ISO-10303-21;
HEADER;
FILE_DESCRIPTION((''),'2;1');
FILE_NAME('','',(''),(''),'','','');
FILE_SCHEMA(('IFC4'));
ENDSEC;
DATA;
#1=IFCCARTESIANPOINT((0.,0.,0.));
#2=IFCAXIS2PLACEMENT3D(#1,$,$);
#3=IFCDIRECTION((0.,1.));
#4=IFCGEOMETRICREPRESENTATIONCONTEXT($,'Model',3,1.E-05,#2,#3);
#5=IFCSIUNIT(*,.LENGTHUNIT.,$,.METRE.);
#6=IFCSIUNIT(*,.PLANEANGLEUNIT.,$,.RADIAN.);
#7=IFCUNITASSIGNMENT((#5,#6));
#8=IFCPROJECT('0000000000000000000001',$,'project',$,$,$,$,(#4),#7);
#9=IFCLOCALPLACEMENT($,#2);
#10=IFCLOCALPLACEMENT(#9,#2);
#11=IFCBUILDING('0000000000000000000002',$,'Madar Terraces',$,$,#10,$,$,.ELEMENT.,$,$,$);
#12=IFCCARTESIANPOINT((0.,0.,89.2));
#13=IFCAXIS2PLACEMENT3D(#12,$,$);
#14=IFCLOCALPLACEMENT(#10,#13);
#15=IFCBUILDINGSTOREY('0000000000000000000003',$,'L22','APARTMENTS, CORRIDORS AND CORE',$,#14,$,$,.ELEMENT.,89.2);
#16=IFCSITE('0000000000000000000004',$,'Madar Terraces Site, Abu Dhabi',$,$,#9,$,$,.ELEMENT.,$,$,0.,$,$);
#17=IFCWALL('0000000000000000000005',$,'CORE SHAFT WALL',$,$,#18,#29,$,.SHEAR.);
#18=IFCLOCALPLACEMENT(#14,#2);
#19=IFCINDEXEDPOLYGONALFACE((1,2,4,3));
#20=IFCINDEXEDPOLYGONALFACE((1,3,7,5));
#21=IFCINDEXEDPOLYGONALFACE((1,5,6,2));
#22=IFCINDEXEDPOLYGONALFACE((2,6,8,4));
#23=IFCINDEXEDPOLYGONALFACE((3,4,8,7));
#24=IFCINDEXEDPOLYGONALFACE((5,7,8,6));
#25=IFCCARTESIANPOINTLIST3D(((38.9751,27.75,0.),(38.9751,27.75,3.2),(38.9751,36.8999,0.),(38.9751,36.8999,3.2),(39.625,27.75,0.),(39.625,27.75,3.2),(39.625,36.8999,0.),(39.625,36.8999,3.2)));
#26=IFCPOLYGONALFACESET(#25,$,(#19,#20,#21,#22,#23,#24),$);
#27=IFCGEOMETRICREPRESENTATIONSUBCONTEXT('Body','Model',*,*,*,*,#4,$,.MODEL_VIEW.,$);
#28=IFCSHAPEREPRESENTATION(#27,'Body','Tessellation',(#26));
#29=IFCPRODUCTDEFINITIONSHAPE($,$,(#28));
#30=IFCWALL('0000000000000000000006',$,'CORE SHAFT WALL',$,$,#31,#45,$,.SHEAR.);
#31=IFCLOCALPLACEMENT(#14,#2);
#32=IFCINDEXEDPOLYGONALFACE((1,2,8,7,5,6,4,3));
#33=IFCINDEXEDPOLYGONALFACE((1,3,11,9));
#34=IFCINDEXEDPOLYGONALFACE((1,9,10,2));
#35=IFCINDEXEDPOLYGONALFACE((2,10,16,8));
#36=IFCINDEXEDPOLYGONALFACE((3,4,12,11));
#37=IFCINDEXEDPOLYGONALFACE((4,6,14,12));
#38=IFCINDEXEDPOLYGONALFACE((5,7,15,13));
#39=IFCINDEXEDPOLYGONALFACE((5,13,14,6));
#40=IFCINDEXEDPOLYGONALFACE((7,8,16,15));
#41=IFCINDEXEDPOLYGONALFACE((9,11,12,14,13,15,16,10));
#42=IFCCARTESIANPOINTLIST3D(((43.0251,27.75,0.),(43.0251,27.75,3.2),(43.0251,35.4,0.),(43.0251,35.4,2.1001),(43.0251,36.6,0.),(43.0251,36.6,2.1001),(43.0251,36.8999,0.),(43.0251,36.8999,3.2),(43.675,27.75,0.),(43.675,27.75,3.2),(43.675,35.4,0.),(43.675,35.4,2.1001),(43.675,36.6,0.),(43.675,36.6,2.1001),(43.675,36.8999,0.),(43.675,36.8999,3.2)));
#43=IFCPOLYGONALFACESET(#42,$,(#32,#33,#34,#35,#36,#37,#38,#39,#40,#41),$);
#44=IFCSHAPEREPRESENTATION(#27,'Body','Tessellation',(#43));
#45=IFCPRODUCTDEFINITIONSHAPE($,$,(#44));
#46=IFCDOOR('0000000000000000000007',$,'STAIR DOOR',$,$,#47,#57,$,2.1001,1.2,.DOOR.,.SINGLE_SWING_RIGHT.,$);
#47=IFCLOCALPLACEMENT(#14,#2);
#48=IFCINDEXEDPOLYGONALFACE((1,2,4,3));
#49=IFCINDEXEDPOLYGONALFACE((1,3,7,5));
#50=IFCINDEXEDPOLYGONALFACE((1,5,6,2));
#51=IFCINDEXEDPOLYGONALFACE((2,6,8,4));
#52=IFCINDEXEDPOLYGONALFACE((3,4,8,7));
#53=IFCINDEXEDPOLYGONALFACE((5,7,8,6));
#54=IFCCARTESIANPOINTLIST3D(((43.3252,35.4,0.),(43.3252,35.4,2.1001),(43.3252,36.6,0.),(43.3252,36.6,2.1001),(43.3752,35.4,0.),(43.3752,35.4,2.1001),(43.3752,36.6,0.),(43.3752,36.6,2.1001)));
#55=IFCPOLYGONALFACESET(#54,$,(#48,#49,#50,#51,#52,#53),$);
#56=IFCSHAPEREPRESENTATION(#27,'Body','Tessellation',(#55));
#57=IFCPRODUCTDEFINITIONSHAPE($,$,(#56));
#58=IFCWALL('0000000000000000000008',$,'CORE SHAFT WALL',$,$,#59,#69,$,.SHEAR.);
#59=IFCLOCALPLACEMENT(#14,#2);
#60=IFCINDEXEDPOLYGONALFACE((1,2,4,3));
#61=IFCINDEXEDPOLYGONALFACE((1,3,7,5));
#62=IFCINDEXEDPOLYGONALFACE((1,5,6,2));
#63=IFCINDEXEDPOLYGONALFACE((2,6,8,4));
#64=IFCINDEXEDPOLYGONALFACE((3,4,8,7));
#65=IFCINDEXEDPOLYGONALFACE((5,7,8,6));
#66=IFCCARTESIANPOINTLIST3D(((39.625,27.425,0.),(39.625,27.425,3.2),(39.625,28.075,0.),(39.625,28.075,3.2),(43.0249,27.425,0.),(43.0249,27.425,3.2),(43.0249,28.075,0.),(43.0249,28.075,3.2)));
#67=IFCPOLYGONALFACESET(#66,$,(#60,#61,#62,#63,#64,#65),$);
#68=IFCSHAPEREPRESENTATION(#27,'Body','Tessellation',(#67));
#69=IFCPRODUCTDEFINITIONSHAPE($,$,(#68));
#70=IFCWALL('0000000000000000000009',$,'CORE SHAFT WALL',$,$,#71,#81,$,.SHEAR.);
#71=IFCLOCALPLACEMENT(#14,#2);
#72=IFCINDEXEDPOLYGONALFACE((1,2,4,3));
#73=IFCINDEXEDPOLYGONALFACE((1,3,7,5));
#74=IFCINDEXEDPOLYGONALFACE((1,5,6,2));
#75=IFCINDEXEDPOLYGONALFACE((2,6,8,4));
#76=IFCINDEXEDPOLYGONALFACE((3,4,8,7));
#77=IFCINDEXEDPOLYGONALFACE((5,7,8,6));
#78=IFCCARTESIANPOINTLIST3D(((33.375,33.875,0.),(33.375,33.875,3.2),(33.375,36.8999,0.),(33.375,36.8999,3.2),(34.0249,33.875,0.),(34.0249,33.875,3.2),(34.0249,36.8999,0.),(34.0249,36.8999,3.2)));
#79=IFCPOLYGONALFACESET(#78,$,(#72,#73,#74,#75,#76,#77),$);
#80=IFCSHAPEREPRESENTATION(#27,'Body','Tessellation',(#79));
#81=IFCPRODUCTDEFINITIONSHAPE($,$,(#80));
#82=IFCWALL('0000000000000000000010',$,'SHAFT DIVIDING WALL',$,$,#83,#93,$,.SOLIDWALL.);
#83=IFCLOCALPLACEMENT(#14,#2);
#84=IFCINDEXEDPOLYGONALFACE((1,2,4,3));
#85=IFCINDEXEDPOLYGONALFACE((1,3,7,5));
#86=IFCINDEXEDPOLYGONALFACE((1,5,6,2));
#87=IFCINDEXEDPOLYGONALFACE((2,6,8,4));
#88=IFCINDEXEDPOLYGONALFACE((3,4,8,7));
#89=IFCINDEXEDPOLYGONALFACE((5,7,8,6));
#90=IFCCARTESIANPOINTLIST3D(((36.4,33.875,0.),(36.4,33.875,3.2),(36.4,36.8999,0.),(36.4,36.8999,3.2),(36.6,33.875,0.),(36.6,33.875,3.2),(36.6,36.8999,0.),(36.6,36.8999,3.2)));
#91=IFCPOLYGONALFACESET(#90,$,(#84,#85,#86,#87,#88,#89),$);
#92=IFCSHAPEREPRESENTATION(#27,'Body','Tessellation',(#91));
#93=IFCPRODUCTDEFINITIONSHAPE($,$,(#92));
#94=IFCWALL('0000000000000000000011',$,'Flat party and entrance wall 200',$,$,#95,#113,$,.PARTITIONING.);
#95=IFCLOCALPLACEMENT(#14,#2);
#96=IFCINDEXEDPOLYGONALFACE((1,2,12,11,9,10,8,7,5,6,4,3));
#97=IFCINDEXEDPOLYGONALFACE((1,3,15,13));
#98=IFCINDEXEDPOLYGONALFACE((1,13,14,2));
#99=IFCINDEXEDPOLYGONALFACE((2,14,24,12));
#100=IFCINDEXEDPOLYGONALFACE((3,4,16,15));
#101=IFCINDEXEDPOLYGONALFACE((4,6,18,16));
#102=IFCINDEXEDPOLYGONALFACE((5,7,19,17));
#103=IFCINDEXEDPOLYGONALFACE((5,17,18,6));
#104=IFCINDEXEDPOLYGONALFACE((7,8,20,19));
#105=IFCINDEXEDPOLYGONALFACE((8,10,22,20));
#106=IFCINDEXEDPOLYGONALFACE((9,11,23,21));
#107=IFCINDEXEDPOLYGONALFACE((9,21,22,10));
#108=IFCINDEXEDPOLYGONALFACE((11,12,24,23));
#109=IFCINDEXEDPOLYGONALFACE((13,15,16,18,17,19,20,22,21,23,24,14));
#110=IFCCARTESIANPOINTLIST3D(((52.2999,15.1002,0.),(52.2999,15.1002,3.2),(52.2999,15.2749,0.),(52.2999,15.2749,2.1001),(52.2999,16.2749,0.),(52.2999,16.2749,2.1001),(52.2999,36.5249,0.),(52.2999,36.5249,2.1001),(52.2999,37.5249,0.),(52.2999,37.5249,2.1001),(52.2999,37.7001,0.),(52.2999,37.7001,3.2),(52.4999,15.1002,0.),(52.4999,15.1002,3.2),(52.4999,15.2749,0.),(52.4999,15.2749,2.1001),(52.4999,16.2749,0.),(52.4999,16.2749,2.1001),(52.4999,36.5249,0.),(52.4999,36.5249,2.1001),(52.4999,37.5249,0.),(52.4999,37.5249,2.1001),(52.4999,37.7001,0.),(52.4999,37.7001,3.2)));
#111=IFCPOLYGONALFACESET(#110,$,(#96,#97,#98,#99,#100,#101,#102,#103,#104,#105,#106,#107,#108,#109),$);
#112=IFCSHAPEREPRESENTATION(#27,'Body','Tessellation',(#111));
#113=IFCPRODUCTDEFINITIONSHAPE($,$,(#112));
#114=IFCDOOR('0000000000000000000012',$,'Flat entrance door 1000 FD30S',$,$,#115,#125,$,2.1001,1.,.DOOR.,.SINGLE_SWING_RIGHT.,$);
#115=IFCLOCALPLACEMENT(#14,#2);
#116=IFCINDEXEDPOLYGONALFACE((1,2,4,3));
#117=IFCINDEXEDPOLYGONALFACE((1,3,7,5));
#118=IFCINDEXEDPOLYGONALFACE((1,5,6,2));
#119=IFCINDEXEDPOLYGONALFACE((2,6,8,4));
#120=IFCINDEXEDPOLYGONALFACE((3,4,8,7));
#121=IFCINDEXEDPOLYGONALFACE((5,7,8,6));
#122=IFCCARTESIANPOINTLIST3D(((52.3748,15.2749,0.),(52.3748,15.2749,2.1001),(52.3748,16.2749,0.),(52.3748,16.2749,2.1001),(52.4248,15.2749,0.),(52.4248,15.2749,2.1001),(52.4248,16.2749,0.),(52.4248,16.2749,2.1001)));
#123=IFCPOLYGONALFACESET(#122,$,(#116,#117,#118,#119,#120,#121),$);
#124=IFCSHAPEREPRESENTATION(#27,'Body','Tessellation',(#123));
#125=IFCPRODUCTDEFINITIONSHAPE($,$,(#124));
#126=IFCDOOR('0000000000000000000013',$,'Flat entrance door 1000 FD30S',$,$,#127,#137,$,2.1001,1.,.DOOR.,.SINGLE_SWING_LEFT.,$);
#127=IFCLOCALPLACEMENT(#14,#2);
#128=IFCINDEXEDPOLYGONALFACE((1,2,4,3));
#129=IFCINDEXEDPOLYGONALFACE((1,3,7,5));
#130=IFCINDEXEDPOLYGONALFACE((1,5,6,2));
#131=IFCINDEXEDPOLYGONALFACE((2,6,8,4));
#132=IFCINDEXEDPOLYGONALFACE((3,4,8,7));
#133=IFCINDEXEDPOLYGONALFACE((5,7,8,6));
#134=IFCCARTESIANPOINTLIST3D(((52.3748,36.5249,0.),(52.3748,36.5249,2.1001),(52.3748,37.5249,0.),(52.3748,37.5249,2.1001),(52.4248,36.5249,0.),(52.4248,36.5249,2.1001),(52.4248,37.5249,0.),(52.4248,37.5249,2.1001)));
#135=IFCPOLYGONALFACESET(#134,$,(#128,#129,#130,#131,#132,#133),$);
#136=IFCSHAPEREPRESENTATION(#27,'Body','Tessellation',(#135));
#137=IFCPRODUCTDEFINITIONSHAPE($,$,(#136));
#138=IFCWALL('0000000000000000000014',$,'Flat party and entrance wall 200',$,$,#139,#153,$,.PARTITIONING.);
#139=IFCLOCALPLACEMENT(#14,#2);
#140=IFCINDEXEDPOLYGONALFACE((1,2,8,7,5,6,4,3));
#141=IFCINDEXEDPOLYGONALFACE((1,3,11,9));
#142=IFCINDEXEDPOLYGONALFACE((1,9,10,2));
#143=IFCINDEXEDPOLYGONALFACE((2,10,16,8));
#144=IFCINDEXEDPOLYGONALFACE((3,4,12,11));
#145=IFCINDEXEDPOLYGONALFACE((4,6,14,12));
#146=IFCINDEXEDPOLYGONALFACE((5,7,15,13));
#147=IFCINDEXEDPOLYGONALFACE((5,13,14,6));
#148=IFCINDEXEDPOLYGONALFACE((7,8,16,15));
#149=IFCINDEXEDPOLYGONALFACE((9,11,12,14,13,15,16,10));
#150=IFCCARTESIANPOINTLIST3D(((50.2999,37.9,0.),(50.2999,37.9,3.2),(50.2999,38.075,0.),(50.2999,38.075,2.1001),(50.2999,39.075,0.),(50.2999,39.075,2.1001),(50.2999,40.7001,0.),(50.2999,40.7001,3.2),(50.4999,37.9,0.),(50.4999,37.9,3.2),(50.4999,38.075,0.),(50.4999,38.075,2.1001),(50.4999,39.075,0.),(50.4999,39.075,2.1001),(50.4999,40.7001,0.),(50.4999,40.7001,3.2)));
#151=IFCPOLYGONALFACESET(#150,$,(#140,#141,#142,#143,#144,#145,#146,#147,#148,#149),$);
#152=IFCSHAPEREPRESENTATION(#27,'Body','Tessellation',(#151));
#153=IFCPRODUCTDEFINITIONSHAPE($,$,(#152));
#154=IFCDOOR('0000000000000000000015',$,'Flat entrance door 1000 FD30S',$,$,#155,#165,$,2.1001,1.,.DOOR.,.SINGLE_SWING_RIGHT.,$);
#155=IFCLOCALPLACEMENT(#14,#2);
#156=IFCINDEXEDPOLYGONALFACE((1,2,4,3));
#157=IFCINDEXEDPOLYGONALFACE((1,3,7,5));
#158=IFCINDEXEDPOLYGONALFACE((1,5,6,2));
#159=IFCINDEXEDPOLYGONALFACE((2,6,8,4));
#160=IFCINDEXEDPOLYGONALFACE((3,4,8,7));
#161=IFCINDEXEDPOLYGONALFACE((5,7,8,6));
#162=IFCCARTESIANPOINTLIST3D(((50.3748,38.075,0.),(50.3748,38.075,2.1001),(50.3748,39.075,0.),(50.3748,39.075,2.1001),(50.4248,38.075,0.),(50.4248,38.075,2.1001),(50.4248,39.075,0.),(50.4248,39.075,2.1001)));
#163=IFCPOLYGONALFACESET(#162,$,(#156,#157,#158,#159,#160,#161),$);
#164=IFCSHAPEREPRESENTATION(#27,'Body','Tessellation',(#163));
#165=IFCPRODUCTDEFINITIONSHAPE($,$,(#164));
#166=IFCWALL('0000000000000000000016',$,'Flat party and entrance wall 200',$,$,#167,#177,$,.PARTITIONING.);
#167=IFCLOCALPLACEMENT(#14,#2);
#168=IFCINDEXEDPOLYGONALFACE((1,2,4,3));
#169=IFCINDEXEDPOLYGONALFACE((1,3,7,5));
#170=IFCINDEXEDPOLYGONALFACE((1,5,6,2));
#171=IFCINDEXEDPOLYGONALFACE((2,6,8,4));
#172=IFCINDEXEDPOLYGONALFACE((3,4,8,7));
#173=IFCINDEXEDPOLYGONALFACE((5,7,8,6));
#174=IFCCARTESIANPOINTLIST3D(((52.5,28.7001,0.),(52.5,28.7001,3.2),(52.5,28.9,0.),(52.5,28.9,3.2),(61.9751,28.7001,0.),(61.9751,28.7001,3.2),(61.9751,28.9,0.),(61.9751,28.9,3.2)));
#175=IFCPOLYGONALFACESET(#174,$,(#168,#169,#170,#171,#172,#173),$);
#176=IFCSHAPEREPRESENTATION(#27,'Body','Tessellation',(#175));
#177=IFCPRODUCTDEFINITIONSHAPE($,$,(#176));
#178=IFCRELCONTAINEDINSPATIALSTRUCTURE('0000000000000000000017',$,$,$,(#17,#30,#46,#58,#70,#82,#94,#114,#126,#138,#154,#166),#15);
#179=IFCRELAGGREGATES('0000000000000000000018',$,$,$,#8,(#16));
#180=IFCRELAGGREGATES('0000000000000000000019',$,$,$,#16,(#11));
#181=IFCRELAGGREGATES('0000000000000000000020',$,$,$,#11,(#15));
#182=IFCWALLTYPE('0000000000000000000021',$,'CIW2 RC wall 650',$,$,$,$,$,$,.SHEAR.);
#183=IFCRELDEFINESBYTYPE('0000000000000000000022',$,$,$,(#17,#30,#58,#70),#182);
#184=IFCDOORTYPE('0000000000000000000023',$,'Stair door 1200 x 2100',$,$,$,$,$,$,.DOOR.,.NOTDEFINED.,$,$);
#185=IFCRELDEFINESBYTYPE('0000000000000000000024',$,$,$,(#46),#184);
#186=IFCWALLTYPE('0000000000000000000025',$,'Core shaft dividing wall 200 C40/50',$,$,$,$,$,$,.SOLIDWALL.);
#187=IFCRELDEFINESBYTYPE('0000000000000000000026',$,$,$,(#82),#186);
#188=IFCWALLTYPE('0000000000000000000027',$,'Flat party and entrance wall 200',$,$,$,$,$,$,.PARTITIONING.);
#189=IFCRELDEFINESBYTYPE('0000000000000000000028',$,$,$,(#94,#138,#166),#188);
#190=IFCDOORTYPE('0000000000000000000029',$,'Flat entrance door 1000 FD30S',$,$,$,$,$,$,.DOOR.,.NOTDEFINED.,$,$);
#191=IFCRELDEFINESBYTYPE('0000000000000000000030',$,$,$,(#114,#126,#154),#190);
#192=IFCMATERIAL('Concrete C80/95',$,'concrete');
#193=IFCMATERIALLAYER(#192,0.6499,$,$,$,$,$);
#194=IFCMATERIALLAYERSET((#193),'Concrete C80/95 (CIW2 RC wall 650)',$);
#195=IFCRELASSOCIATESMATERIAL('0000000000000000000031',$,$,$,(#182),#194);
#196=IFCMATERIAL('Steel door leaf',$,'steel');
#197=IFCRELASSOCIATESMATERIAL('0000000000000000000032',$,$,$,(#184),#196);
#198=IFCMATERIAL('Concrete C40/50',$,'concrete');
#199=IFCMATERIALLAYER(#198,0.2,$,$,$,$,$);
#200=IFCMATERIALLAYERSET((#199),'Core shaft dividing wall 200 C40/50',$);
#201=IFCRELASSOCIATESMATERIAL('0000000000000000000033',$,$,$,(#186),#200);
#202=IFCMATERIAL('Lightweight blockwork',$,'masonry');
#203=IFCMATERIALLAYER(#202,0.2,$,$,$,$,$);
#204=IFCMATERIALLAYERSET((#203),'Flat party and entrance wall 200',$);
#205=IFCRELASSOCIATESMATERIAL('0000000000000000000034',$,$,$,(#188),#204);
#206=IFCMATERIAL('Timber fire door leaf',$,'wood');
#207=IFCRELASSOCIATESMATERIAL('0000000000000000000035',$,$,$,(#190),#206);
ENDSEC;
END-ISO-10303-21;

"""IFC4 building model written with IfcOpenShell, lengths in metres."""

from ifc_helpers import new_model, si_unit, direction, frame, frame_2d, origin, place, context, subcontext, project, spatial, rectangle, extrude, material, layer, layer_set, type_object, element, fill, save


model = new_model("IFC4")

# Units and contexts
model_context = context("Model", 3, precision=1e-05, world=origin(), true_north=direction((0.0, 1.0)))
body_context = subcontext(model_context, "Body", "Model", "MODEL_VIEW")
ifc_project = project(units=[si_unit("LENGTHUNIT", "METRE"), si_unit("PLANEANGLEUNIT", "RADIAN")], contexts=[model_context])

# Site, building, storey
site_placement = place(None, origin())
site = spatial("IfcSite", under=ifc_project, at=site_placement, Name="Madar Terraces Site, Abu Dhabi", CompositionType="ELEMENT", RefElevation=0.0)
building_placement = place(site_placement, origin())
building = spatial("IfcBuilding", under=site, at=building_placement, Name="Madar Terraces", CompositionType="ELEMENT")
storey_placement = place(building_placement, frame((0.0, 0.0, 89.2)))
storey = spatial("IfcBuildingStorey", under=building, at=storey_placement, Name="L22", Description="APARTMENTS, CORRIDORS AND CORE", CompositionType="ELEMENT", Elevation=89.2)

# Wall
ifc_material_1 = material(Name="Concrete C80/95", Category="concrete")
ifc_layer_1 = layer(ifc_material_1, 0.6499)
ifc_layer_set_1 = layer_set([ifc_layer_1], Name="Concrete C80/95 (CIW2 RC wall 650)")
wall_type_1 = type_object("IfcWallType", Name="CIW2 RC wall 650", PredefinedType="SHEAR", material=ifc_layer_set_1)
wall_1_placement = place(storey_placement, frame((39.3, 27.75, 0.0), z_axis=(0.0, 0.0, 1.0), x_axis=(0.0, 1.0, 0.0)))
element("IfcWall", 1, at=wall_1_placement, inside=storey, type_object=wall_type_1, Name="CORE SHAFT WALL", PredefinedType="SHEAR", context=body_context, shape_type="SweptSolid", body=[
    extrude(rectangle(XDim=9.1499, YDim=0.6499, at=frame_2d((4.575, 0.0))), origin(), (0.0, 0.0, 1.0), 3.2),
])

# Wall, opening, door
wall_2_placement = place(storey_placement, frame((43.3501, 27.75, 0.0), z_axis=(0.0, 0.0, 1.0), x_axis=(0.0, 1.0, 0.0)))
wall_2 = element("IfcWall", 2, at=wall_2_placement, inside=storey, type_object=wall_type_1, Name="CORE SHAFT WALL", PredefinedType="SHEAR", context=body_context, shape_type="SweptSolid", body=[
    extrude(rectangle(XDim=9.1499, YDim=0.6499, at=frame_2d((4.575, 0.0))), origin(), (0.0, 0.0, 1.0), 3.2),
])
opening_1_placement = place(wall_2_placement, frame((7.6499, 0.0, 0.0)))
opening_1 = element("IfcOpeningElement", 3, at=opening_1_placement, cuts=wall_2, PredefinedType="OPENING", context=body_context, shape_type="SweptSolid", body=[
    extrude(rectangle(XDim=1.2, YDim=2.1001, at=frame_2d((0.6001, 1.05))), frame((0.0, 0.335, 0.0), z_axis=(0.0, -1.0, 0.0), x_axis=(1.0, 0.0, 0.0)), (0.0, 0.0, 1.0), 0.6699),
])
ifc_material_2 = material(Name="Steel door leaf", Category="steel")
door_type_1 = type_object("IfcDoorType", Name="Stair door 1200 x 2100", OperationType="NOTDEFINED", PredefinedType="DOOR", material=ifc_material_2)
door_1_placement = place(opening_1_placement, origin())
door_1 = element("IfcDoor", 4, at=door_1_placement, inside=storey, type_object=door_type_1, Name="STAIR DOOR", OperationType="SINGLE_SWING_RIGHT", OverallHeight=2.1001, OverallWidth=1.2, PredefinedType="DOOR", context=body_context, shape_type="SweptSolid", body=[
    extrude(rectangle(XDim=1.2, YDim=2.1001, at=frame_2d((0.6001, 1.05))), frame((0.0, 0.0249, 0.0), z_axis=(0.0, -1.0, 0.0), x_axis=(1.0, 0.0, 0.0)), (0.0, 0.0, 1.0), 0.05),
])
fill(opening_1, door_1)

# Walls
wall_3_placement = place(storey_placement, frame((39.625, 27.75, 0.0), z_axis=(0.0, 0.0, 1.0), x_axis=(1.0, 0.0, 0.0)))
element("IfcWall", 5, at=wall_3_placement, inside=storey, type_object=wall_type_1, Name="CORE SHAFT WALL", PredefinedType="SHEAR", context=body_context, shape_type="SweptSolid", body=[
    extrude(rectangle(XDim=3.3999, YDim=0.6499, at=frame_2d((1.7, 0.0))), origin(), (0.0, 0.0, 1.0), 3.2),
])
wall_4_placement = place(storey_placement, frame((33.7, 33.875, 0.0), z_axis=(0.0, 0.0, 1.0), x_axis=(0.0, 1.0, 0.0)))
element("IfcWall", 6, at=wall_4_placement, inside=storey, type_object=wall_type_1, Name="CORE SHAFT WALL", PredefinedType="SHEAR", context=body_context, shape_type="SweptSolid", body=[
    extrude(rectangle(XDim=3.0249, YDim=0.6499, at=frame_2d((1.5125, 0.0))), origin(), (0.0, 0.0, 1.0), 3.2),
])
ifc_material_3 = material(Name="Concrete C40/50", Category="concrete")
ifc_layer_2 = layer(ifc_material_3, 0.2)
ifc_layer_set_2 = layer_set([ifc_layer_2], Name="Core shaft dividing wall 200 C40/50")
wall_type_2 = type_object("IfcWallType", Name="Core shaft dividing wall 200 C40/50", PredefinedType="SOLIDWALL", material=ifc_layer_set_2)
wall_5_placement = place(storey_placement, frame((36.5, 33.875, 0.0), z_axis=(0.0, 0.0, 1.0), x_axis=(0.0, 1.0, 0.0)))
element("IfcWall", 7, at=wall_5_placement, inside=storey, type_object=wall_type_2, Name="SHAFT DIVIDING WALL", PredefinedType="SOLIDWALL", context=body_context, shape_type="SweptSolid", body=[
    extrude(rectangle(XDim=3.0249, YDim=0.2, at=frame_2d((1.5125, 0.0))), origin(), (0.0, 0.0, 1.0), 3.2),
])

# Wall, openings, doors
ifc_material_4 = material(Name="Lightweight blockwork", Category="masonry")
ifc_layer_3 = layer(ifc_material_4, 0.2)
ifc_layer_set_3 = layer_set([ifc_layer_3], Name="Flat party and entrance wall 200")
wall_type_3 = type_object("IfcWallType", Name="Flat party and entrance wall 200", PredefinedType="PARTITIONING", material=ifc_layer_set_3)
wall_6_placement = place(storey_placement, frame((52.3999, 37.7, 0.0), z_axis=(0.0, 0.0, 1.0), x_axis=(0.0, -1.0, 0.0)))
wall_6 = element("IfcWall", 8, at=wall_6_placement, inside=storey, type_object=wall_type_3, Name="Flat party and entrance wall 200", PredefinedType="PARTITIONING", context=body_context, shape_type="SweptSolid", body=[
    extrude(rectangle(XDim=22.5999, YDim=0.2, at=frame_2d((11.2998, 0.0))), origin(), (0.0, 0.0, 1.0), 3.2),
])
opening_2_placement = place(wall_6_placement, frame((21.425, 0.0, 0.0)))
opening_2 = element("IfcOpeningElement", 9, at=opening_2_placement, cuts=wall_6, PredefinedType="OPENING", context=body_context, shape_type="SweptSolid", body=[
    extrude(rectangle(XDim=1.0, YDim=2.1001, at=frame_2d((0.5, 1.05))), frame((0.0, 0.1099, 0.0), z_axis=(0.0, -1.0, 0.0), x_axis=(1.0, 0.0, 0.0)), (0.0, 0.0, 1.0), 0.22),
])
opening_3_placement = place(wall_6_placement, frame((0.175, 0.0, 0.0)))
opening_3 = element("IfcOpeningElement", 10, at=opening_3_placement, cuts=wall_6, PredefinedType="OPENING", context=body_context, shape_type="SweptSolid", body=[
    extrude(rectangle(XDim=1.0, YDim=2.1001, at=frame_2d((0.5, 1.05))), frame((0.0, 0.1099, 0.0), z_axis=(0.0, -1.0, 0.0), x_axis=(1.0, 0.0, 0.0)), (0.0, 0.0, 1.0), 0.22),
])
ifc_material_5 = material(Name="Timber fire door leaf", Category="wood")
door_type_2 = type_object("IfcDoorType", Name="Flat entrance door 1000 FD30S", OperationType="NOTDEFINED", PredefinedType="DOOR", material=ifc_material_5)
door_2_placement = place(opening_2_placement, origin())
door_2 = element("IfcDoor", 11, at=door_2_placement, inside=storey, type_object=door_type_2, Name="Flat entrance door 1000 FD30S", OperationType="SINGLE_SWING_RIGHT", OverallHeight=2.1001, OverallWidth=1.0, PredefinedType="DOOR", context=body_context, shape_type="SweptSolid", body=[
    extrude(rectangle(XDim=1.0, YDim=2.1001, at=frame_2d((0.5, 1.05))), frame((0.0, 0.0249, 0.0), z_axis=(0.0, -1.0, 0.0), x_axis=(1.0, 0.0, 0.0)), (0.0, 0.0, 1.0), 0.05),
])
fill(opening_2, door_2)
door_3_placement = place(opening_3_placement, origin())
door_3 = element("IfcDoor", 12, at=door_3_placement, inside=storey, type_object=door_type_2, Name="Flat entrance door 1000 FD30S", OperationType="SINGLE_SWING_LEFT", OverallHeight=2.1001, OverallWidth=1.0, PredefinedType="DOOR", context=body_context, shape_type="SweptSolid", body=[
    extrude(rectangle(XDim=1.0, YDim=2.1001, at=frame_2d((0.5, 1.05))), frame((0.0, 0.0249, 0.0), z_axis=(0.0, -1.0, 0.0), x_axis=(1.0, 0.0, 0.0)), (0.0, 0.0, 1.0), 0.05),
])
fill(opening_3, door_3)

# Wall, opening, door
wall_7_placement = place(storey_placement, frame((50.3999, 40.7, 0.0), z_axis=(0.0, 0.0, 1.0), x_axis=(0.0, -1.0, 0.0)))
wall_7 = element("IfcWall", 13, at=wall_7_placement, inside=storey, type_object=wall_type_3, Name="Flat party and entrance wall 200", PredefinedType="PARTITIONING", context=body_context, shape_type="SweptSolid", body=[
    extrude(rectangle(XDim=2.8, YDim=0.2, at=frame_2d((1.3999, 0.0))), origin(), (0.0, 0.0, 1.0), 3.2),
])
opening_4_placement = place(wall_7_placement, frame((1.625, 0.0, 0.0)))
opening_4 = element("IfcOpeningElement", 14, at=opening_4_placement, cuts=wall_7, PredefinedType="OPENING", context=body_context, shape_type="SweptSolid", body=[
    extrude(rectangle(XDim=1.0, YDim=2.1001, at=frame_2d((0.5, 1.05))), frame((0.0, 0.1099, 0.0), z_axis=(0.0, -1.0, 0.0), x_axis=(1.0, 0.0, 0.0)), (0.0, 0.0, 1.0), 0.22),
])
door_4_placement = place(opening_4_placement, origin())
door_4 = element("IfcDoor", 15, at=door_4_placement, inside=storey, type_object=door_type_2, Name="Flat entrance door 1000 FD30S", OperationType="SINGLE_SWING_RIGHT", OverallHeight=2.1001, OverallWidth=1.0, PredefinedType="DOOR", context=body_context, shape_type="SweptSolid", body=[
    extrude(rectangle(XDim=1.0, YDim=2.1001, at=frame_2d((0.5, 1.05))), frame((0.0, 0.0249, 0.0), z_axis=(0.0, -1.0, 0.0), x_axis=(1.0, 0.0, 0.0)), (0.0, 0.0, 1.0), 0.05),
])
fill(opening_4, door_4)

# Wall
wall_8_placement = place(storey_placement, frame((52.5, 28.8, 0.0), z_axis=(0.0, 0.0, 1.0), x_axis=(1.0, 0.0, 0.0)))
element("IfcWall", 16, at=wall_8_placement, inside=storey, type_object=wall_type_3, Name="Flat party and entrance wall 200", PredefinedType="PARTITIONING", context=body_context, shape_type="SweptSolid", body=[
    extrude(rectangle(XDim=9.4751, YDim=0.2, at=frame_2d((4.7375, 0.0))), origin(), (0.0, 0.0, 1.0), 3.2),
])

save(model, "model.ifc")
